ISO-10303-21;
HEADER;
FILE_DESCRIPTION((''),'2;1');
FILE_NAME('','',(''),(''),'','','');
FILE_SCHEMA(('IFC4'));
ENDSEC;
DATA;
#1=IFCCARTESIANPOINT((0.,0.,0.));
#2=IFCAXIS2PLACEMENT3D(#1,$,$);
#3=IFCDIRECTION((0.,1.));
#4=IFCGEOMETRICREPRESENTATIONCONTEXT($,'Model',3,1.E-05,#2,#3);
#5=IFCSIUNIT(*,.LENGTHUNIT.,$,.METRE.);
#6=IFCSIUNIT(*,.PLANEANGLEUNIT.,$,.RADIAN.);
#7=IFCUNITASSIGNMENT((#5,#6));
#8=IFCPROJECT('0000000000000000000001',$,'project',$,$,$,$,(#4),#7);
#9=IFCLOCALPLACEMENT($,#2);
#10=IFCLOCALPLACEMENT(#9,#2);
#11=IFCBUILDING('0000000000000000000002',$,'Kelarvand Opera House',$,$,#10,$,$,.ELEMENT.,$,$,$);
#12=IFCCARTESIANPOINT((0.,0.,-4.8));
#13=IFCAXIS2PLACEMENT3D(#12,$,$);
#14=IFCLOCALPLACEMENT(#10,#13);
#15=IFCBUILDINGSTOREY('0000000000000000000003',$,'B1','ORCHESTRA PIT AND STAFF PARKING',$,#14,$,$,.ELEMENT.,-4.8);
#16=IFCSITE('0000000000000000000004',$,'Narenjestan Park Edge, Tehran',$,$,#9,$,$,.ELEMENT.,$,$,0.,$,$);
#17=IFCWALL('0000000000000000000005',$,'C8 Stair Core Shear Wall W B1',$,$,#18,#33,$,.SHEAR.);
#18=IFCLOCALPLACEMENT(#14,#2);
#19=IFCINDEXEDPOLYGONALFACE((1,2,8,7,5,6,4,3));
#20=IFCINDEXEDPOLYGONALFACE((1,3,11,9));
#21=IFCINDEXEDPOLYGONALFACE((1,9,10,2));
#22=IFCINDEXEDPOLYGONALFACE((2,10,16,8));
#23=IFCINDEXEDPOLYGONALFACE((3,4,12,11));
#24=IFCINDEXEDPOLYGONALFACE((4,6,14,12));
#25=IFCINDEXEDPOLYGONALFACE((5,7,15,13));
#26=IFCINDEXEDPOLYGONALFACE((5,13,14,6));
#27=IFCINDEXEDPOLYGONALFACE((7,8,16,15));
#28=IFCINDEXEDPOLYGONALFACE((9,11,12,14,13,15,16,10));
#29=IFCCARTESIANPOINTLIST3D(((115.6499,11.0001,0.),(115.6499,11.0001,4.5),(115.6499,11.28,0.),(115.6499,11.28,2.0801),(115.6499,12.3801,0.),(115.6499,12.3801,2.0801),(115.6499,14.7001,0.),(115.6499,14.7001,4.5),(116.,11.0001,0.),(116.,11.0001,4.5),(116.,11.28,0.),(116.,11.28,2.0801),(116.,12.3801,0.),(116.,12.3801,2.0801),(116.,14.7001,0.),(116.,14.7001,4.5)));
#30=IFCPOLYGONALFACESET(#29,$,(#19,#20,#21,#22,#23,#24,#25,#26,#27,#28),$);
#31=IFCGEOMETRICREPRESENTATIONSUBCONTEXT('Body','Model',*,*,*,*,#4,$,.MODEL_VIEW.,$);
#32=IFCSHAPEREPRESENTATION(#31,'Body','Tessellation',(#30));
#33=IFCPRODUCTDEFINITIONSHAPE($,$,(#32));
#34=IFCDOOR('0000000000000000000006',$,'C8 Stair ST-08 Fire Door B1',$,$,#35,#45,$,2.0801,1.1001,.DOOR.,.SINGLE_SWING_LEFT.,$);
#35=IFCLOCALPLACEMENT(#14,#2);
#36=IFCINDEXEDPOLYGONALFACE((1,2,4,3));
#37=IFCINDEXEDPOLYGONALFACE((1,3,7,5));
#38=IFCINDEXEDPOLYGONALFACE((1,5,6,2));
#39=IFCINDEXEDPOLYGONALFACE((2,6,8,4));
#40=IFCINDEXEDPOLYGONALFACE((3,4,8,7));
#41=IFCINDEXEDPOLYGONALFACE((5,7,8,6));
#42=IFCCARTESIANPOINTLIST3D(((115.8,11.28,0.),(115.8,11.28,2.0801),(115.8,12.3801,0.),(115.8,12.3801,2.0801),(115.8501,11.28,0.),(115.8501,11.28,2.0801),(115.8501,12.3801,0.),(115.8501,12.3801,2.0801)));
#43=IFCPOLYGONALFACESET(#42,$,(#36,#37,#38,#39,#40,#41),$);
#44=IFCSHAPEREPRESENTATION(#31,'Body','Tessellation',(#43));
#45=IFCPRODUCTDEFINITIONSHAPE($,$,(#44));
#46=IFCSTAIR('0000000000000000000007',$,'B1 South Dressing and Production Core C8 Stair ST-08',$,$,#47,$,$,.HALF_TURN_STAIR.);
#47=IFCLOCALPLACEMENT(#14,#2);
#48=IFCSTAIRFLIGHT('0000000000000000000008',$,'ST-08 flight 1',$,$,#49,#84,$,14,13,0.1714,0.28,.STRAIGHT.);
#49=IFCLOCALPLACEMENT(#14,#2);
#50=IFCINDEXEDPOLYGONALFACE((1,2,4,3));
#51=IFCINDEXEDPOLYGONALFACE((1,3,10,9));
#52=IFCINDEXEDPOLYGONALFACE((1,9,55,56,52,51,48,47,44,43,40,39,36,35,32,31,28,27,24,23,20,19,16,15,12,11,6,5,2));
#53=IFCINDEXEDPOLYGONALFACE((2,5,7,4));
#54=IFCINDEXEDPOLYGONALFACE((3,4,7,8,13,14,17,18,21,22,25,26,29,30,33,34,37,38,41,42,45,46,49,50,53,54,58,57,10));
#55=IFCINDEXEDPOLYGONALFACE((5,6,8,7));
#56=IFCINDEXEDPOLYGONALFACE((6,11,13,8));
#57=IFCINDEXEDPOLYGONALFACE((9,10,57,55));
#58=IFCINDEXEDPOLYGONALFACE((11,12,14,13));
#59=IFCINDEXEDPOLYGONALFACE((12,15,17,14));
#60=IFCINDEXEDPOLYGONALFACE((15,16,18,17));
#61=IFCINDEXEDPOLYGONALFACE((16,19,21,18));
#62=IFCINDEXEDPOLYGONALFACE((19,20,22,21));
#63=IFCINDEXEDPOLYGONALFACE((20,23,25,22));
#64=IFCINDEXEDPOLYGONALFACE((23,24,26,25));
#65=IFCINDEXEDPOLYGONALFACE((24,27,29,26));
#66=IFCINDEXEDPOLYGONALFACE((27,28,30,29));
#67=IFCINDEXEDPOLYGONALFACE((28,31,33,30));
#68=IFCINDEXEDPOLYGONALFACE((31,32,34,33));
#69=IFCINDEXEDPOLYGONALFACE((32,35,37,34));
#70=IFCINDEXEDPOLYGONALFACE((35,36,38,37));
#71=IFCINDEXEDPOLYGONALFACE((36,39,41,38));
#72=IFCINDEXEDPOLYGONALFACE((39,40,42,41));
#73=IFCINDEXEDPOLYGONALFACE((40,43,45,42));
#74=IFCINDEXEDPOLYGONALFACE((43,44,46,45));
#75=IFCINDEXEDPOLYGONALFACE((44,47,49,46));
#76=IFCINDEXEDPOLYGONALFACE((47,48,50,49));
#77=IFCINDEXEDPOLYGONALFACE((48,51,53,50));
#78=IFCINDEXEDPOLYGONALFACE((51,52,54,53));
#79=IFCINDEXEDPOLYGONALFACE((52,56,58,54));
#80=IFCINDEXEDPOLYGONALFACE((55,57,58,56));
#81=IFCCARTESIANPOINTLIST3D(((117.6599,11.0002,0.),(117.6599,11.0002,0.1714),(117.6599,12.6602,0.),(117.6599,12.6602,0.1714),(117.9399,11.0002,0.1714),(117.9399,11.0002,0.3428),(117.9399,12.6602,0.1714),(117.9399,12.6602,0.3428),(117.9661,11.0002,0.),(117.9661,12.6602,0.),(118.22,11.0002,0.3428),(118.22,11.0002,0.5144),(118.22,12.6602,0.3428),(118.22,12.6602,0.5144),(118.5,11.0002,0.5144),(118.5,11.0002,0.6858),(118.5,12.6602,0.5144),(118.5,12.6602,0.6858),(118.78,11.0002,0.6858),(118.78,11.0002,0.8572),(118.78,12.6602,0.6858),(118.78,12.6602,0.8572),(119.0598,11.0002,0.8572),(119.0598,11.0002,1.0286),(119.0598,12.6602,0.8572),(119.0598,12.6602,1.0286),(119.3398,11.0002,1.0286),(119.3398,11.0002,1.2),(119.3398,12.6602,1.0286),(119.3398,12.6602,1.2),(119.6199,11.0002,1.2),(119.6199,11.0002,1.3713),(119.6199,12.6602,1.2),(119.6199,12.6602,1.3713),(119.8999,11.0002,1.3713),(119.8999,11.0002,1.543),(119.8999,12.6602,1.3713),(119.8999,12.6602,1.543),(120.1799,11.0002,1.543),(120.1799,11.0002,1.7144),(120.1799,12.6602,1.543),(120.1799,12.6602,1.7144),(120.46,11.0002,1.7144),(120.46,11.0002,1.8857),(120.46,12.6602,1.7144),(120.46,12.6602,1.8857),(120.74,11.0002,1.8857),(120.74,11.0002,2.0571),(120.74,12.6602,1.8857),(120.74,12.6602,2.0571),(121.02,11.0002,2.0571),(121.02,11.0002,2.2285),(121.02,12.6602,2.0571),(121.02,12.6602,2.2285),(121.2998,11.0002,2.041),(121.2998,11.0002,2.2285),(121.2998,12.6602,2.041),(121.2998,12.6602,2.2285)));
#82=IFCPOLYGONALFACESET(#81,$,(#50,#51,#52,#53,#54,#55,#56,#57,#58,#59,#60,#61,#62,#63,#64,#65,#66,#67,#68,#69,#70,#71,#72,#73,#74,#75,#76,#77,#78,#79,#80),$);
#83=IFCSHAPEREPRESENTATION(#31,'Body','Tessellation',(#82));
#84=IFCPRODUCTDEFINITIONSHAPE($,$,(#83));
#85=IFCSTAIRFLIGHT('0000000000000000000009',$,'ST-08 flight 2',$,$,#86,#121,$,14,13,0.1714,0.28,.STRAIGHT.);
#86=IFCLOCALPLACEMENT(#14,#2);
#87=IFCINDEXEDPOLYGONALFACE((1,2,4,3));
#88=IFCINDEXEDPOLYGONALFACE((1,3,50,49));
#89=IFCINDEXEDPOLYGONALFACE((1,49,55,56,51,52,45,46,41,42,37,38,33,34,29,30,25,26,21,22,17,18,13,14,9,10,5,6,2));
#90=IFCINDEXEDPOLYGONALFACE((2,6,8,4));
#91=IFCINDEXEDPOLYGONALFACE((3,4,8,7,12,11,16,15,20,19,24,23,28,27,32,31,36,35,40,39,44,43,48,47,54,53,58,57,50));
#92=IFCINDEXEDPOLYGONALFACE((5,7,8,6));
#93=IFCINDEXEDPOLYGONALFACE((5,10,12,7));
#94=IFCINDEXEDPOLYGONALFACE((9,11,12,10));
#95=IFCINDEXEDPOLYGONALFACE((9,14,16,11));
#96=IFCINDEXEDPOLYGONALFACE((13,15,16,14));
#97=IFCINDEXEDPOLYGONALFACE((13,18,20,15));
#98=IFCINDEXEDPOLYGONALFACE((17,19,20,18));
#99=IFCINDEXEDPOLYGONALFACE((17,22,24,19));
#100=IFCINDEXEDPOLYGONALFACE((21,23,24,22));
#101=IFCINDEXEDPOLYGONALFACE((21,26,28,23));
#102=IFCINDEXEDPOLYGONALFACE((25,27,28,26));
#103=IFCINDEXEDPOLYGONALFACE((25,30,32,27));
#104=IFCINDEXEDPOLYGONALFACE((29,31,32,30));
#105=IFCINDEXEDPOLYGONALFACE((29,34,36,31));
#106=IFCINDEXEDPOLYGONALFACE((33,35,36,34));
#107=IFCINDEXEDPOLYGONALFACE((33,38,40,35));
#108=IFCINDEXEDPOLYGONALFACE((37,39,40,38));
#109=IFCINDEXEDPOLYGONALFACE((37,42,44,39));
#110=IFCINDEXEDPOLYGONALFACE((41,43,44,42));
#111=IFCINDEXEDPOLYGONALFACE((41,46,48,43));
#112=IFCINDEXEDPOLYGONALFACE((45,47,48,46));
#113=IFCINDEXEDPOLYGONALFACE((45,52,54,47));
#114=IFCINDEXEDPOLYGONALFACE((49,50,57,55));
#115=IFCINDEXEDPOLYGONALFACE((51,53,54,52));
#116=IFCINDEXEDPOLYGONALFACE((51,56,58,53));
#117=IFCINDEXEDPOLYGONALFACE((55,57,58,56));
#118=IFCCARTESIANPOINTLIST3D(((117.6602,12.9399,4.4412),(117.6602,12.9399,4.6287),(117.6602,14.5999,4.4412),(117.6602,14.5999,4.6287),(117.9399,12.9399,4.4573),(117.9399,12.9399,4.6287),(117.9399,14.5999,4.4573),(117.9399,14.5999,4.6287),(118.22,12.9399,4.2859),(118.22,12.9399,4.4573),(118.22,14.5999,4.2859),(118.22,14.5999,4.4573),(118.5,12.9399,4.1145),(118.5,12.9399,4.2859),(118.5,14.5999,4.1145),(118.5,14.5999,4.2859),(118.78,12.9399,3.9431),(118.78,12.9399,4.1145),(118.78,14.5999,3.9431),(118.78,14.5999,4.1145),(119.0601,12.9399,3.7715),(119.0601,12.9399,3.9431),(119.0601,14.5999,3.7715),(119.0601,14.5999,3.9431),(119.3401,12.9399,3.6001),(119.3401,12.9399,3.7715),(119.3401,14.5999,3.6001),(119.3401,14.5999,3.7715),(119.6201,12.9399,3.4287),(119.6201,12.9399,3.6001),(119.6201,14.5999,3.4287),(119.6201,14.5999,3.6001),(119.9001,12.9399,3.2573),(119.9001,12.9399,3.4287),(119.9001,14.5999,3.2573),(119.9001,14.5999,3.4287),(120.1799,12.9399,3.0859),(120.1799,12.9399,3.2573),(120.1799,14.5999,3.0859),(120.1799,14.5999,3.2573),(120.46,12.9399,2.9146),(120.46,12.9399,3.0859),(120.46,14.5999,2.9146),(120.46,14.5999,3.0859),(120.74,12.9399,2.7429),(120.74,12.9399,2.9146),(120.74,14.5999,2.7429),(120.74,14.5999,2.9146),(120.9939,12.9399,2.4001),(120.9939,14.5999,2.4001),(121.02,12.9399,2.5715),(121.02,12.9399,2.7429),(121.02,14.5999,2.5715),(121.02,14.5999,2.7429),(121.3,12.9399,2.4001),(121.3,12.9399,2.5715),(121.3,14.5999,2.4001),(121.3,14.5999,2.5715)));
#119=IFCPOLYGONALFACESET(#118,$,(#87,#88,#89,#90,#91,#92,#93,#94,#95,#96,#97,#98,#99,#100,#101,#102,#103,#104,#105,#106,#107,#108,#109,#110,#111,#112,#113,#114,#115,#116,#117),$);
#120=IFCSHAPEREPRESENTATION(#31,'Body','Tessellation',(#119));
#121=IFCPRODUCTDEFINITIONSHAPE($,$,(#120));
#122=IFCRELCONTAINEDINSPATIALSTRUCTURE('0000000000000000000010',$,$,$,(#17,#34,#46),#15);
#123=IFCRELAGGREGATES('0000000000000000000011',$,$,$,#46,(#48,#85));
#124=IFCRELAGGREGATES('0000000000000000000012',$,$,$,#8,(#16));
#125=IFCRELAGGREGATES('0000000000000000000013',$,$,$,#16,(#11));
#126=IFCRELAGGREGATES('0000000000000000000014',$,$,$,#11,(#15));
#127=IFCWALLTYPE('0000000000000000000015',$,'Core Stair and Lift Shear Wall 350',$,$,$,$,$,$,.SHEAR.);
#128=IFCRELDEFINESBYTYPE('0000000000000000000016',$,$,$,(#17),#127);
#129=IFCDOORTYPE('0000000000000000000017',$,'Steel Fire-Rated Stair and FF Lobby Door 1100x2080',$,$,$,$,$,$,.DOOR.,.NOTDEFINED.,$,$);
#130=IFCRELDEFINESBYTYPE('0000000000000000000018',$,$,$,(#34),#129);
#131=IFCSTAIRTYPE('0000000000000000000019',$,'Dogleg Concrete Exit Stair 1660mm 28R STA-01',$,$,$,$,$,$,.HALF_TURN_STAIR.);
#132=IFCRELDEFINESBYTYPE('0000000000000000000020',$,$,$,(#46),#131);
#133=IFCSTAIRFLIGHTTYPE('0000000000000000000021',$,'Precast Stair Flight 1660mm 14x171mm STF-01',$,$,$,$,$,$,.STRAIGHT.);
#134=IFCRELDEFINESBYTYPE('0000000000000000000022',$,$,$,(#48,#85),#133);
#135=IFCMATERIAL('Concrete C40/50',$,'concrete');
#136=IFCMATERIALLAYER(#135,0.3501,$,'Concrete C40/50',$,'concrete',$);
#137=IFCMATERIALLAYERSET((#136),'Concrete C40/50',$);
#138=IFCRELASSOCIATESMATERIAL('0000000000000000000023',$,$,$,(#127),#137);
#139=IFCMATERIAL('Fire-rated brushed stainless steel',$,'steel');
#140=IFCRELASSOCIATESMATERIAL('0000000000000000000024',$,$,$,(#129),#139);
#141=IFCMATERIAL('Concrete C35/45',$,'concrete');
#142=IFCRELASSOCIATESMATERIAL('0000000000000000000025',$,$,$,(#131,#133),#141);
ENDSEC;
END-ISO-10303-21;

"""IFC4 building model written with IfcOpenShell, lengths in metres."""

from ifc_helpers import new_model, si_unit, direction, frame, frame_2d, origin, place, context, subcontext, project, spatial, polyline, rectangle, outline, extrude, material, layer, layer_set, type_object, element, fill, aggregate, save


model = new_model("IFC4")

# Units and contexts
model_context = context("Model", 3, precision=1e-05, world=origin(), true_north=direction((0.0, 1.0)))
body_context = subcontext(model_context, "Body", "Model", "MODEL_VIEW")
ifc_project = project(units=[si_unit("LENGTHUNIT", "METRE"), si_unit("PLANEANGLEUNIT", "RADIAN")], contexts=[model_context])

# Site, building, storey
site_placement = place(None, origin())
site = spatial("IfcSite", under=ifc_project, at=site_placement, Name="Narenjestan Park Edge, Tehran", CompositionType="ELEMENT", RefElevation=0.0)
building_placement = place(site_placement, origin())
building = spatial("IfcBuilding", under=site, at=building_placement, Name="Kelarvand Opera House", CompositionType="ELEMENT")
storey_placement = place(building_placement, frame((0.0, 0.0, -4.8)))
storey = spatial("IfcBuildingStorey", under=building, at=storey_placement, Name="B1", Description="ORCHESTRA PIT AND STAFF PARKING", CompositionType="ELEMENT", Elevation=-4.8)

# Shared definitions
ifc_material_1 = material(Name="Concrete C40/50", Category="concrete")

# Shared definitions
ifc_material_2 = material(Name="Concrete C35/45", Category="concrete")

# Shared definitions
ifc_layer_1 = layer(ifc_material_1, 0.3501, Name="Concrete C40/50", Category="concrete")
ifc_layer_set_1 = layer_set([ifc_layer_1], Name="Concrete C40/50")
wall_type_1 = type_object("IfcWallType", Name="Core Stair and Lift Shear Wall 350", PredefinedType="SHEAR", material=ifc_layer_set_1)

# Wall, opening, door
wall_1_placement = place(storey_placement, frame((115.825, 11.0, 0.0), z_axis=(0.0, 0.0, 1.0), x_axis=(0.0, 1.0, 0.0)))
wall_1 = element("IfcWall", 1, at=wall_1_placement, inside=storey, type_object=wall_type_1, Name="C8 Stair Core Shear Wall W B1", PredefinedType="SHEAR", context=body_context, shape_type="SweptSolid", body=[
    extrude(rectangle(XDim=3.7, YDim=0.3501, at=frame_2d((1.8501, 0.0))), origin(), (0.0, 0.0, 1.0), 4.5),
])
opening_placement = place(wall_1_placement, frame((0.28, 0.0, 0.0)))
opening = element("IfcOpeningElement", 2, at=opening_placement, cuts=wall_1, PredefinedType="OPENING", context=body_context, shape_type="SweptSolid", body=[
    extrude(rectangle(XDim=1.1001, YDim=2.0801, at=frame_2d((0.55, 1.04))), frame((0.0, 0.1851, 0.0), z_axis=(0.0, -1.0, 0.0), x_axis=(1.0, 0.0, 0.0)), (0.0, 0.0, 1.0), 0.3701),
])
ifc_material_3 = material(Name="Fire-rated brushed stainless steel", Category="steel")
door_type = type_object("IfcDoorType", Name="Steel Fire-Rated Stair and FF Lobby Door 1100x2080", OperationType="NOTDEFINED", PredefinedType="DOOR", material=ifc_material_3)
door_placement = place(opening_placement, origin())
door = element("IfcDoor", 3, at=door_placement, inside=storey, type_object=door_type, Name="C8 Stair ST-08 Fire Door B1", OperationType="SINGLE_SWING_LEFT", OverallHeight=2.0801, OverallWidth=1.1001, PredefinedType="DOOR", context=body_context, shape_type="SweptSolid", body=[
    extrude(rectangle(XDim=1.1001, YDim=2.0801, at=frame_2d((0.55, 1.04))), frame((0.0, 0.0249, 0.0), z_axis=(0.0, -1.0, 0.0), x_axis=(1.0, 0.0, 0.0)), (0.0, 0.0, 1.0), 0.05),
])
fill(opening, door)

# Stair, stair flights
stair_type = type_object("IfcStairType", Name="Dogleg Concrete Exit Stair 1660mm 28R STA-01", PredefinedType="HALF_TURN_STAIR", material=ifc_material_2)
stair_placement = place(storey_placement, origin())
stair = element("IfcStair", 4, at=stair_placement, inside=storey, type_object=stair_type, Name="B1 South Dressing and Production Core C8 Stair ST-08", PredefinedType="HALF_TURN_STAIR")
stair_flight_type = type_object("IfcStairFlightType", Name="Precast Stair Flight 1660mm 14x171mm STF-01", PredefinedType="STRAIGHT", material=ifc_material_2)
stair_flight_1_placement = place(storey_placement, frame((117.6599, 11.8301, 0.0), z_axis=(0.0, 0.0, 1.0), x_axis=(1.0, 0.0, 0.0)))
stair_flight_1 = element("IfcStairFlight", 5, at=stair_flight_1_placement, type_object=stair_flight_type, Name="ST-08 flight 1", NumberOfRisers=14, NumberOfTreads=13, PredefinedType="STRAIGHT", RiserHeight=0.1714, TreadLength=0.28, context=body_context, shape_type="SweptSolid", body=[
    extrude(outline(polyline([(0.0, 0.0), (0.0, 0.1714), (0.28, 0.1714), (0.28, 0.3428), (0.5601, 0.3428), (0.5601, 0.5144), (0.8401, 0.5144), (0.8401, 0.6858), (1.1201, 0.6858), (1.1201, 0.8572), (1.3999, 0.8572), (1.3999, 1.0286), (1.6799, 1.0286), (1.6799, 1.2), (1.96, 1.2), (1.96, 1.3713), (2.24, 1.3713), (2.24, 1.543), (2.52, 1.543), (2.52, 1.7144), (2.8, 1.7144), (2.8, 1.8857), (3.0801, 1.8857), (3.0801, 2.0571), (3.3601, 2.0571), (3.3601, 2.2285), (3.6399, 2.2285), (3.6399, 2.3999), (3.6399, 2.041), (0.3062, 0.0), (0.0, 0.0)])), frame((0.0, 0.8301, 0.0), z_axis=(0.0, -1.0, 0.0), x_axis=(1.0, 0.0, 0.0)), (0.0, 0.0, 1.0), 1.6599),
])
stair_flight_2_placement = place(storey_placement, frame((121.3, 13.77, 2.4001), z_axis=(0.0, 0.0, 1.0), x_axis=(-1.0, 0.0, 0.0)))
stair_flight_2 = element("IfcStairFlight", 6, at=stair_flight_2_placement, type_object=stair_flight_type, Name="ST-08 flight 2", NumberOfRisers=14, NumberOfTreads=13, PredefinedType="STRAIGHT", RiserHeight=0.1714, TreadLength=0.28, context=body_context, shape_type="SweptSolid", body=[
    extrude(outline(polyline([(0.0, 0.0), (0.0, 0.1714), (0.28, 0.1714), (0.28, 0.3428), (0.5601, 0.3428), (0.5601, 0.5144), (0.8401, 0.5144), (0.8401, 0.6858), (1.1201, 0.6858), (1.1201, 0.8572), (1.3999, 0.8572), (1.3999, 1.0286), (1.6799, 1.0286), (1.6799, 1.2), (1.96, 1.2), (1.96, 1.3713), (2.24, 1.3713), (2.24, 1.543), (2.52, 1.543), (2.52, 1.7144), (2.8, 1.7144), (2.8, 1.8857), (3.0801, 1.8857), (3.0801, 2.0571), (3.3601, 2.0571), (3.3601, 2.2285), (3.6399, 2.2285), (3.6399, 2.3999), (3.6399, 2.041), (0.3062, 0.0), (0.0, 0.0)])), frame((0.0, 0.8301, 0.0), z_axis=(0.0, -1.0, 0.0), x_axis=(1.0, 0.0, 0.0)), (0.0, 0.0, 1.0), 1.6599),
])
aggregate(stair, [stair_flight_1, stair_flight_2])

save(model, "model.ifc")
